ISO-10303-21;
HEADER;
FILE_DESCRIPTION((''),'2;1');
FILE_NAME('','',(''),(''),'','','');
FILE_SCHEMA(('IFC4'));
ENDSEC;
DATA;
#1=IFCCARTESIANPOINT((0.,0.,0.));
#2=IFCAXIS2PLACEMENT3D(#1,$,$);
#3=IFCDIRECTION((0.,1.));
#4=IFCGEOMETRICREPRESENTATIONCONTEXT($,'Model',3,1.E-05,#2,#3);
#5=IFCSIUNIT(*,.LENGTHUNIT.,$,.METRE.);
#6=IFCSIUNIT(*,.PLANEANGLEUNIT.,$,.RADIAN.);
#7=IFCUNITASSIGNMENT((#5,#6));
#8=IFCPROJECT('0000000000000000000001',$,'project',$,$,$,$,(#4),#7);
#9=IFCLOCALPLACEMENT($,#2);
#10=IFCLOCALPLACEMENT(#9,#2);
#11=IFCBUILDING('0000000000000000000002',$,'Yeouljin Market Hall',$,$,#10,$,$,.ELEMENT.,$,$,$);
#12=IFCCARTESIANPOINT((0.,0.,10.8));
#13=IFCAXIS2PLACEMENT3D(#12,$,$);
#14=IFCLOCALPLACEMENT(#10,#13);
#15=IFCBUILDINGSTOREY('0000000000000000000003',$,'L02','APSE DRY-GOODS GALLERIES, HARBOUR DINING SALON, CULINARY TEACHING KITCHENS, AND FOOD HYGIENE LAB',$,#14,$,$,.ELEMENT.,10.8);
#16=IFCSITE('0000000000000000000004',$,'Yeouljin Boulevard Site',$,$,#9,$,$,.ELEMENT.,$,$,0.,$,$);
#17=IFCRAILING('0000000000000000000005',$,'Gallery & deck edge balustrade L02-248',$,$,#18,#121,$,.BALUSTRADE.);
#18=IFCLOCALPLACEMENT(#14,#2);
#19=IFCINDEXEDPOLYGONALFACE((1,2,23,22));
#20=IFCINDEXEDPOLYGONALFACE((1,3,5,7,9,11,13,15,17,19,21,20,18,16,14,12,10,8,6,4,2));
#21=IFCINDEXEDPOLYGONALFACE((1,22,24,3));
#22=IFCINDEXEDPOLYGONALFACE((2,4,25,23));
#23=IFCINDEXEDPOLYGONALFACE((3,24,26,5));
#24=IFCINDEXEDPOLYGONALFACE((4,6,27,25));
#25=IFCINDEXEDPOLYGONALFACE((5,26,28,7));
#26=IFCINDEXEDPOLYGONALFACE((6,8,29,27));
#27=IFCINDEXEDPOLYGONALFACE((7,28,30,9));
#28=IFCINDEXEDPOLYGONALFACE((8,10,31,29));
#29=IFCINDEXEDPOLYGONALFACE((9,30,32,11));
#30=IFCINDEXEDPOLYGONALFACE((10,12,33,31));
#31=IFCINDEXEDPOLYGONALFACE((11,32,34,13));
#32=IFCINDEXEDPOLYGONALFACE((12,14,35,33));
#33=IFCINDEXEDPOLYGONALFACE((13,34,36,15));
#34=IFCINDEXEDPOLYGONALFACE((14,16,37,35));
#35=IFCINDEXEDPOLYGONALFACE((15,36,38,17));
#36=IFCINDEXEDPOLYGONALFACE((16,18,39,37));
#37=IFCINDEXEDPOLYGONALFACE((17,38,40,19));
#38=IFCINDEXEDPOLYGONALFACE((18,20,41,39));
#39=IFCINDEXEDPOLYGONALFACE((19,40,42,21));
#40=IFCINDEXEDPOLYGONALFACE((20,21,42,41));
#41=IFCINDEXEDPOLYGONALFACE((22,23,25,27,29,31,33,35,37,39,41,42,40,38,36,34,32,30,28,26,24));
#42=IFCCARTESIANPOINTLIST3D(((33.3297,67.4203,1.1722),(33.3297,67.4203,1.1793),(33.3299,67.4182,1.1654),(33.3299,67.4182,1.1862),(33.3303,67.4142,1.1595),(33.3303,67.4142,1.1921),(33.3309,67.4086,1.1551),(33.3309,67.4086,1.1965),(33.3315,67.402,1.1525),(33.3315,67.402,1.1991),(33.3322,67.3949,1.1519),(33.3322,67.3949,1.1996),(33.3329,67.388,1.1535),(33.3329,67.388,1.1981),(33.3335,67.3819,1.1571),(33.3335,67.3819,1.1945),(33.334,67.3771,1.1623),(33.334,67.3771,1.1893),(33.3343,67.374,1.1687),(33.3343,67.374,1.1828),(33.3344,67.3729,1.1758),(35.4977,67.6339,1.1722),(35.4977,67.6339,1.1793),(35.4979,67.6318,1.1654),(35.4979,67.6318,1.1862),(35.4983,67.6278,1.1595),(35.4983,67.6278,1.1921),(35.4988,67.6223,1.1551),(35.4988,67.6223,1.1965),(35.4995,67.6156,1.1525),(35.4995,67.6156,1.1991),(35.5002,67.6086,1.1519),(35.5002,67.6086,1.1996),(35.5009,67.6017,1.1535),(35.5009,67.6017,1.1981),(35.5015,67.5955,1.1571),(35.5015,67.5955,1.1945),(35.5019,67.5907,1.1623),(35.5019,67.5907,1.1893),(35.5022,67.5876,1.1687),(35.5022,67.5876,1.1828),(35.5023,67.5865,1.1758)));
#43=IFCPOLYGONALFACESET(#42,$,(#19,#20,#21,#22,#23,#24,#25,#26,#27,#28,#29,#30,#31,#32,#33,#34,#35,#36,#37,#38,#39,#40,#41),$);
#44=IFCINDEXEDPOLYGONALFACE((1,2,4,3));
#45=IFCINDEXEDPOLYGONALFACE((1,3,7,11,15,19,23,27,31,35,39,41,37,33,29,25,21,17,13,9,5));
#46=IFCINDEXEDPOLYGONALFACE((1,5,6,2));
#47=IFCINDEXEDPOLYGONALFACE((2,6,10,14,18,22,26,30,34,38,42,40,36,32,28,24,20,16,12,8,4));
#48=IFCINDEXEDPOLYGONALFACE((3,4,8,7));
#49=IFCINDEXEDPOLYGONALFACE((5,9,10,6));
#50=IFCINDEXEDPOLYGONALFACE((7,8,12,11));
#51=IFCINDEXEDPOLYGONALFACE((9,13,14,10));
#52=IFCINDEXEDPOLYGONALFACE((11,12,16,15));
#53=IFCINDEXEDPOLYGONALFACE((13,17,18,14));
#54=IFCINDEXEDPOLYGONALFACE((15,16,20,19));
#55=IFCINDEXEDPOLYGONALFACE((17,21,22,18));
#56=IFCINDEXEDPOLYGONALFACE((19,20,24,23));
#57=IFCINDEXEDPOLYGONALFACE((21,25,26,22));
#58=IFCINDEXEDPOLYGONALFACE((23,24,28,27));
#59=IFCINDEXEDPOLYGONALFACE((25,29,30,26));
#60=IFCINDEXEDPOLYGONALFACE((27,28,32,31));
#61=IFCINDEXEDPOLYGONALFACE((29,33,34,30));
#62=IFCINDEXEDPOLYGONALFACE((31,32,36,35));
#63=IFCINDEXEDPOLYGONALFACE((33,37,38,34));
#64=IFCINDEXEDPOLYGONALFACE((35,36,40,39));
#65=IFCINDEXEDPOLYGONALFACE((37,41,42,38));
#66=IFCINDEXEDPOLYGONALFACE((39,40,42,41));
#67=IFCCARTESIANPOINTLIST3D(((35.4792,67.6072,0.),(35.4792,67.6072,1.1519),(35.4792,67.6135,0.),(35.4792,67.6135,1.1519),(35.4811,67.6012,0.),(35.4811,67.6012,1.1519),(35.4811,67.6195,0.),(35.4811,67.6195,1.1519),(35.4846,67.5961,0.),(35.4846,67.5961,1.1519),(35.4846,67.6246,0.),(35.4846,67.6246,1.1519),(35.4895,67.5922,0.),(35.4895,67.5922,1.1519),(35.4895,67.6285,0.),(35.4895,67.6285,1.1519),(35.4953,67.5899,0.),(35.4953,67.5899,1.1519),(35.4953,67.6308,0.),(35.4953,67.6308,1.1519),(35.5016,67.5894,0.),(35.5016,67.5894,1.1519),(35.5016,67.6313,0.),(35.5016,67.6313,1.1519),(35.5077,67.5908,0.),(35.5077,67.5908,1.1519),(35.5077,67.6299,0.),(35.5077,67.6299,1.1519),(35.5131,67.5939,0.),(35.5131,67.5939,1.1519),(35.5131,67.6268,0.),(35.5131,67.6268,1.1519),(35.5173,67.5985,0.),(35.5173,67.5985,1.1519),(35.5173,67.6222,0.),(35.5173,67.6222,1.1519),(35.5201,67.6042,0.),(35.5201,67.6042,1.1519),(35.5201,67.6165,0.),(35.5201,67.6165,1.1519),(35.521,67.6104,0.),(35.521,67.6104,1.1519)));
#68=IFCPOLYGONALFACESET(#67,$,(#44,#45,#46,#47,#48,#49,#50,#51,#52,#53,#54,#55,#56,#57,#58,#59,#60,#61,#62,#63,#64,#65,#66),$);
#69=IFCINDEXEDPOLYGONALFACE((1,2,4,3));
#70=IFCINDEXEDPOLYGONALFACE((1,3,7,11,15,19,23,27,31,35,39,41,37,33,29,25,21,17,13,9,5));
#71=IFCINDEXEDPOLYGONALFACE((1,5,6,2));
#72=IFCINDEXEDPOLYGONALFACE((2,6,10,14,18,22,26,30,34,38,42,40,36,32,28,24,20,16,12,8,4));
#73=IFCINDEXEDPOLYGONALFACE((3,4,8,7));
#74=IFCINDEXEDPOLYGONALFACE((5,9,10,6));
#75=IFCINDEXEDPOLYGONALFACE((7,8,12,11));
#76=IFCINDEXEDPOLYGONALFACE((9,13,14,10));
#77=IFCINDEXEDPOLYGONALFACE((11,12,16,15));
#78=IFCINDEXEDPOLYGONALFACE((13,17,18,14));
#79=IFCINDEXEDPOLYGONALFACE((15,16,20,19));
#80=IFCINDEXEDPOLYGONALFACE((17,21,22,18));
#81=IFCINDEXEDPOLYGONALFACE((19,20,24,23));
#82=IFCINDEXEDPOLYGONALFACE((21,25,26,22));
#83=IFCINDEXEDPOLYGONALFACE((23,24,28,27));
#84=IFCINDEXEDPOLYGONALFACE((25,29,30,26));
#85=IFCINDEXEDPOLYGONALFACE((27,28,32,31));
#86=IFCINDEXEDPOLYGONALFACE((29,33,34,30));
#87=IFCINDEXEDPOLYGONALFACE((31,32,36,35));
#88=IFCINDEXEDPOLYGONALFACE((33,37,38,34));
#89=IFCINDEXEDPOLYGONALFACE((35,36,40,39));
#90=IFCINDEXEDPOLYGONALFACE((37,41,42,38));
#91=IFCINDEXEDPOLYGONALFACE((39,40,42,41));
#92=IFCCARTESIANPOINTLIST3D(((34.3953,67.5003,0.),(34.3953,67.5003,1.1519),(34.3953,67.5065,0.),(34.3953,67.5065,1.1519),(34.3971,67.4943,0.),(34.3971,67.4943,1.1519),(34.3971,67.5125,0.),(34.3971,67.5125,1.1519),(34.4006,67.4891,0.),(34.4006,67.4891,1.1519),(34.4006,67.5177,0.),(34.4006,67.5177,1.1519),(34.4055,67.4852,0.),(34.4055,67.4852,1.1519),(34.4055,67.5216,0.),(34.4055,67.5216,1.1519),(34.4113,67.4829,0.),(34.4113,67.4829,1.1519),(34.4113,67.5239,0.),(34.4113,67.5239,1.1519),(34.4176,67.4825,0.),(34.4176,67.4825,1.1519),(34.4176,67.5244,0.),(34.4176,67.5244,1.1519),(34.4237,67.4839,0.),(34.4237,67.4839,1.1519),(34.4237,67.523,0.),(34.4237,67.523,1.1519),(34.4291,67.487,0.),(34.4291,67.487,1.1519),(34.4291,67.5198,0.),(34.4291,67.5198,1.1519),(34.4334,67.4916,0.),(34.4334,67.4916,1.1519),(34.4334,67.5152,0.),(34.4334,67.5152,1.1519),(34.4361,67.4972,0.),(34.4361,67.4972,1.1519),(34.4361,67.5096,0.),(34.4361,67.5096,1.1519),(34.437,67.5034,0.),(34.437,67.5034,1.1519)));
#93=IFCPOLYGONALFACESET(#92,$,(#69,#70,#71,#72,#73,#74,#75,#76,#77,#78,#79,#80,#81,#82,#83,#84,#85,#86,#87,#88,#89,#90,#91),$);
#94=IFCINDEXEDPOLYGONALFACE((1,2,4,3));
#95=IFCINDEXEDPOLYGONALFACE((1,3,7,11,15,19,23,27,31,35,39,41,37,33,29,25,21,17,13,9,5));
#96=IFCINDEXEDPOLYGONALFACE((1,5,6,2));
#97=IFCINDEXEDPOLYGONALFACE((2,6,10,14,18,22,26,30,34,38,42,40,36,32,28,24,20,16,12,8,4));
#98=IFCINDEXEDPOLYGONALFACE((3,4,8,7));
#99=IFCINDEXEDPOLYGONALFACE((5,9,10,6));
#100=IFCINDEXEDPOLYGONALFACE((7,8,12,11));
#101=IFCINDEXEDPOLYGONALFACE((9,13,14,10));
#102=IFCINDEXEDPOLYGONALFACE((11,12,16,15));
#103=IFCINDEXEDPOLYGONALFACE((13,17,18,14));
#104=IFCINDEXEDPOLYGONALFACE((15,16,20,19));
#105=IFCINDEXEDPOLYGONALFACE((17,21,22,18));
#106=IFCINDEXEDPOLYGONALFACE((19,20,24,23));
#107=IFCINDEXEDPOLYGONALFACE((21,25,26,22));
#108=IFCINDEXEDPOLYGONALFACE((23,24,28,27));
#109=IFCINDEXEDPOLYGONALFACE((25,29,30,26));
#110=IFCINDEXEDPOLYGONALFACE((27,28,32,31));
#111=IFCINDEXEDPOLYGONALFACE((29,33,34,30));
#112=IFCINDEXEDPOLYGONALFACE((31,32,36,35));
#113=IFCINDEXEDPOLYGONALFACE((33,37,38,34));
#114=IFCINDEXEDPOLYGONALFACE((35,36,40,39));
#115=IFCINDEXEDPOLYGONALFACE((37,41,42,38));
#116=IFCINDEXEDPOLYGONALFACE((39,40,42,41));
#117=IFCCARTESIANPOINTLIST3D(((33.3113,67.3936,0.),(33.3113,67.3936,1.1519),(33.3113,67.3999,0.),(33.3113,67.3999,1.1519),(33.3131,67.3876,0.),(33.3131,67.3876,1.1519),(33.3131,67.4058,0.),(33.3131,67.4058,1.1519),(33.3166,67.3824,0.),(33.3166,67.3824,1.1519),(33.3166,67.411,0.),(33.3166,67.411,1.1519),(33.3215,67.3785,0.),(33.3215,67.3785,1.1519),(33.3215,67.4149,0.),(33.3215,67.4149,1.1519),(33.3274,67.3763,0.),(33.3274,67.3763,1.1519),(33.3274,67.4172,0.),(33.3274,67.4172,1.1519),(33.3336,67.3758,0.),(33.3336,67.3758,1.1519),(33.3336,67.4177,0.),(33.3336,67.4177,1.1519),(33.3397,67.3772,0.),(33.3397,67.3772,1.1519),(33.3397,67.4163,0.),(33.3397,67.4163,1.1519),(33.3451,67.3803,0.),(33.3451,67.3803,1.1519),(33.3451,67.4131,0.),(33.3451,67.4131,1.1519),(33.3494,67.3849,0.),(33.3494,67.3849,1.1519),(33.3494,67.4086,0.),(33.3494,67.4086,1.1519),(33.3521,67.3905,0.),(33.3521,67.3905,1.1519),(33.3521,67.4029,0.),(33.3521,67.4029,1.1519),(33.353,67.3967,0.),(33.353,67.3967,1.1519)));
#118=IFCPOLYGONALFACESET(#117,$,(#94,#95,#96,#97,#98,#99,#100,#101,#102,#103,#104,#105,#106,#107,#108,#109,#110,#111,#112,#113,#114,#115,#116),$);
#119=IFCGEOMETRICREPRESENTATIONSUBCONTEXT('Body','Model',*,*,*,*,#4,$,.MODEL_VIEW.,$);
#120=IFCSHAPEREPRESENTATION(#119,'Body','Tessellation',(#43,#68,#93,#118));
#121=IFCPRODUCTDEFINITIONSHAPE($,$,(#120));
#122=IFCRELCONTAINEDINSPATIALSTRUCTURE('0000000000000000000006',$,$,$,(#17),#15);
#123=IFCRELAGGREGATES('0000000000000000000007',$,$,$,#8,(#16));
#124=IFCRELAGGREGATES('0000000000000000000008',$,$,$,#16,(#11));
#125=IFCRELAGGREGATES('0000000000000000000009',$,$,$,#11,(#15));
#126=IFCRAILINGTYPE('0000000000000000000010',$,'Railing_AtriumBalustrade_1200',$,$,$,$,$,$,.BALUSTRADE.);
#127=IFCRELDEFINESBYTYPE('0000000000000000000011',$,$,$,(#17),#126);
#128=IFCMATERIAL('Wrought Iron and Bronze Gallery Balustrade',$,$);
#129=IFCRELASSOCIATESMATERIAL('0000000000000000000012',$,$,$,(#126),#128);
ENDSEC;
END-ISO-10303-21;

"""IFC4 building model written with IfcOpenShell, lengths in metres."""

from ifc_helpers import new_model, si_unit, direction, frame, origin, origin_2d, place, context, subcontext, project, spatial, circle, extrude, material, type_object, element, save


model = new_model("IFC4")

# Units and contexts
model_context = context("Model", 3, precision=1e-05, world=origin(), true_north=direction((0.0, 1.0)))
body_context = subcontext(model_context, "Body", "Model", "MODEL_VIEW")
ifc_project = project(units=[si_unit("LENGTHUNIT", "METRE"), si_unit("PLANEANGLEUNIT", "RADIAN")], contexts=[model_context])

# Site, building, storey
site_placement = place(None, origin())
site = spatial("IfcSite", under=ifc_project, at=site_placement, Name="Yeouljin Boulevard Site", CompositionType="ELEMENT", RefElevation=0.0)
building_placement = place(site_placement, origin())
building = spatial("IfcBuilding", under=site, at=building_placement, Name="Yeouljin Market Hall", CompositionType="ELEMENT")
storey_placement = place(building_placement, frame((0.0, 0.0, 10.8)))
storey = spatial("IfcBuildingStorey", under=building, at=storey_placement, Name="L02", Description="APSE DRY-GOODS GALLERIES, HARBOUR DINING SALON, CULINARY TEACHING KITCHENS, AND FOOD HYGIENE LAB", CompositionType="ELEMENT", Elevation=10.8)

# Railing
ifc_material_1 = material(Name="Wrought Iron and Bronze Gallery Balustrade")
railing_type = type_object("IfcRailingType", Name="Railing_AtriumBalustrade_1200", PredefinedType="BALUSTRADE", material=ifc_material_1)
railing_1_placement = place(storey_placement, frame((35.5, 67.6104, 0.0)))
element("IfcRailing", 1, at=railing_1_placement, inside=storey, type_object=railing_type, Name="Gallery & deck edge balustrade L02-248", PredefinedType="BALUSTRADE", context=body_context, shape_type="SweptSolid", body=[
    extrude(circle(Radius=0.0239, at=origin_2d()), frame((0.0, 0.0, 1.1758), z_axis=(-0.99518, -0.098061, 0.0), x_axis=(0.098061, -0.99518, 0.0)), (0.0, 0.0, 1.0), 2.1785),
    extrude(circle(Radius=0.021, at=origin_2d()), origin(), (0.0, 0.0, 1.0), 1.1519),
    extrude(circle(Radius=0.021, at=origin_2d()), frame((-1.084, -0.1069, 0.0)), (0.0, 0.0, 1.0), 1.1519),
    extrude(circle(Radius=0.021, at=origin_2d()), frame((-2.168, -0.2136, 0.0)), (0.0, 0.0, 1.0), 1.1519),
])

save(model, "model.ifc")
